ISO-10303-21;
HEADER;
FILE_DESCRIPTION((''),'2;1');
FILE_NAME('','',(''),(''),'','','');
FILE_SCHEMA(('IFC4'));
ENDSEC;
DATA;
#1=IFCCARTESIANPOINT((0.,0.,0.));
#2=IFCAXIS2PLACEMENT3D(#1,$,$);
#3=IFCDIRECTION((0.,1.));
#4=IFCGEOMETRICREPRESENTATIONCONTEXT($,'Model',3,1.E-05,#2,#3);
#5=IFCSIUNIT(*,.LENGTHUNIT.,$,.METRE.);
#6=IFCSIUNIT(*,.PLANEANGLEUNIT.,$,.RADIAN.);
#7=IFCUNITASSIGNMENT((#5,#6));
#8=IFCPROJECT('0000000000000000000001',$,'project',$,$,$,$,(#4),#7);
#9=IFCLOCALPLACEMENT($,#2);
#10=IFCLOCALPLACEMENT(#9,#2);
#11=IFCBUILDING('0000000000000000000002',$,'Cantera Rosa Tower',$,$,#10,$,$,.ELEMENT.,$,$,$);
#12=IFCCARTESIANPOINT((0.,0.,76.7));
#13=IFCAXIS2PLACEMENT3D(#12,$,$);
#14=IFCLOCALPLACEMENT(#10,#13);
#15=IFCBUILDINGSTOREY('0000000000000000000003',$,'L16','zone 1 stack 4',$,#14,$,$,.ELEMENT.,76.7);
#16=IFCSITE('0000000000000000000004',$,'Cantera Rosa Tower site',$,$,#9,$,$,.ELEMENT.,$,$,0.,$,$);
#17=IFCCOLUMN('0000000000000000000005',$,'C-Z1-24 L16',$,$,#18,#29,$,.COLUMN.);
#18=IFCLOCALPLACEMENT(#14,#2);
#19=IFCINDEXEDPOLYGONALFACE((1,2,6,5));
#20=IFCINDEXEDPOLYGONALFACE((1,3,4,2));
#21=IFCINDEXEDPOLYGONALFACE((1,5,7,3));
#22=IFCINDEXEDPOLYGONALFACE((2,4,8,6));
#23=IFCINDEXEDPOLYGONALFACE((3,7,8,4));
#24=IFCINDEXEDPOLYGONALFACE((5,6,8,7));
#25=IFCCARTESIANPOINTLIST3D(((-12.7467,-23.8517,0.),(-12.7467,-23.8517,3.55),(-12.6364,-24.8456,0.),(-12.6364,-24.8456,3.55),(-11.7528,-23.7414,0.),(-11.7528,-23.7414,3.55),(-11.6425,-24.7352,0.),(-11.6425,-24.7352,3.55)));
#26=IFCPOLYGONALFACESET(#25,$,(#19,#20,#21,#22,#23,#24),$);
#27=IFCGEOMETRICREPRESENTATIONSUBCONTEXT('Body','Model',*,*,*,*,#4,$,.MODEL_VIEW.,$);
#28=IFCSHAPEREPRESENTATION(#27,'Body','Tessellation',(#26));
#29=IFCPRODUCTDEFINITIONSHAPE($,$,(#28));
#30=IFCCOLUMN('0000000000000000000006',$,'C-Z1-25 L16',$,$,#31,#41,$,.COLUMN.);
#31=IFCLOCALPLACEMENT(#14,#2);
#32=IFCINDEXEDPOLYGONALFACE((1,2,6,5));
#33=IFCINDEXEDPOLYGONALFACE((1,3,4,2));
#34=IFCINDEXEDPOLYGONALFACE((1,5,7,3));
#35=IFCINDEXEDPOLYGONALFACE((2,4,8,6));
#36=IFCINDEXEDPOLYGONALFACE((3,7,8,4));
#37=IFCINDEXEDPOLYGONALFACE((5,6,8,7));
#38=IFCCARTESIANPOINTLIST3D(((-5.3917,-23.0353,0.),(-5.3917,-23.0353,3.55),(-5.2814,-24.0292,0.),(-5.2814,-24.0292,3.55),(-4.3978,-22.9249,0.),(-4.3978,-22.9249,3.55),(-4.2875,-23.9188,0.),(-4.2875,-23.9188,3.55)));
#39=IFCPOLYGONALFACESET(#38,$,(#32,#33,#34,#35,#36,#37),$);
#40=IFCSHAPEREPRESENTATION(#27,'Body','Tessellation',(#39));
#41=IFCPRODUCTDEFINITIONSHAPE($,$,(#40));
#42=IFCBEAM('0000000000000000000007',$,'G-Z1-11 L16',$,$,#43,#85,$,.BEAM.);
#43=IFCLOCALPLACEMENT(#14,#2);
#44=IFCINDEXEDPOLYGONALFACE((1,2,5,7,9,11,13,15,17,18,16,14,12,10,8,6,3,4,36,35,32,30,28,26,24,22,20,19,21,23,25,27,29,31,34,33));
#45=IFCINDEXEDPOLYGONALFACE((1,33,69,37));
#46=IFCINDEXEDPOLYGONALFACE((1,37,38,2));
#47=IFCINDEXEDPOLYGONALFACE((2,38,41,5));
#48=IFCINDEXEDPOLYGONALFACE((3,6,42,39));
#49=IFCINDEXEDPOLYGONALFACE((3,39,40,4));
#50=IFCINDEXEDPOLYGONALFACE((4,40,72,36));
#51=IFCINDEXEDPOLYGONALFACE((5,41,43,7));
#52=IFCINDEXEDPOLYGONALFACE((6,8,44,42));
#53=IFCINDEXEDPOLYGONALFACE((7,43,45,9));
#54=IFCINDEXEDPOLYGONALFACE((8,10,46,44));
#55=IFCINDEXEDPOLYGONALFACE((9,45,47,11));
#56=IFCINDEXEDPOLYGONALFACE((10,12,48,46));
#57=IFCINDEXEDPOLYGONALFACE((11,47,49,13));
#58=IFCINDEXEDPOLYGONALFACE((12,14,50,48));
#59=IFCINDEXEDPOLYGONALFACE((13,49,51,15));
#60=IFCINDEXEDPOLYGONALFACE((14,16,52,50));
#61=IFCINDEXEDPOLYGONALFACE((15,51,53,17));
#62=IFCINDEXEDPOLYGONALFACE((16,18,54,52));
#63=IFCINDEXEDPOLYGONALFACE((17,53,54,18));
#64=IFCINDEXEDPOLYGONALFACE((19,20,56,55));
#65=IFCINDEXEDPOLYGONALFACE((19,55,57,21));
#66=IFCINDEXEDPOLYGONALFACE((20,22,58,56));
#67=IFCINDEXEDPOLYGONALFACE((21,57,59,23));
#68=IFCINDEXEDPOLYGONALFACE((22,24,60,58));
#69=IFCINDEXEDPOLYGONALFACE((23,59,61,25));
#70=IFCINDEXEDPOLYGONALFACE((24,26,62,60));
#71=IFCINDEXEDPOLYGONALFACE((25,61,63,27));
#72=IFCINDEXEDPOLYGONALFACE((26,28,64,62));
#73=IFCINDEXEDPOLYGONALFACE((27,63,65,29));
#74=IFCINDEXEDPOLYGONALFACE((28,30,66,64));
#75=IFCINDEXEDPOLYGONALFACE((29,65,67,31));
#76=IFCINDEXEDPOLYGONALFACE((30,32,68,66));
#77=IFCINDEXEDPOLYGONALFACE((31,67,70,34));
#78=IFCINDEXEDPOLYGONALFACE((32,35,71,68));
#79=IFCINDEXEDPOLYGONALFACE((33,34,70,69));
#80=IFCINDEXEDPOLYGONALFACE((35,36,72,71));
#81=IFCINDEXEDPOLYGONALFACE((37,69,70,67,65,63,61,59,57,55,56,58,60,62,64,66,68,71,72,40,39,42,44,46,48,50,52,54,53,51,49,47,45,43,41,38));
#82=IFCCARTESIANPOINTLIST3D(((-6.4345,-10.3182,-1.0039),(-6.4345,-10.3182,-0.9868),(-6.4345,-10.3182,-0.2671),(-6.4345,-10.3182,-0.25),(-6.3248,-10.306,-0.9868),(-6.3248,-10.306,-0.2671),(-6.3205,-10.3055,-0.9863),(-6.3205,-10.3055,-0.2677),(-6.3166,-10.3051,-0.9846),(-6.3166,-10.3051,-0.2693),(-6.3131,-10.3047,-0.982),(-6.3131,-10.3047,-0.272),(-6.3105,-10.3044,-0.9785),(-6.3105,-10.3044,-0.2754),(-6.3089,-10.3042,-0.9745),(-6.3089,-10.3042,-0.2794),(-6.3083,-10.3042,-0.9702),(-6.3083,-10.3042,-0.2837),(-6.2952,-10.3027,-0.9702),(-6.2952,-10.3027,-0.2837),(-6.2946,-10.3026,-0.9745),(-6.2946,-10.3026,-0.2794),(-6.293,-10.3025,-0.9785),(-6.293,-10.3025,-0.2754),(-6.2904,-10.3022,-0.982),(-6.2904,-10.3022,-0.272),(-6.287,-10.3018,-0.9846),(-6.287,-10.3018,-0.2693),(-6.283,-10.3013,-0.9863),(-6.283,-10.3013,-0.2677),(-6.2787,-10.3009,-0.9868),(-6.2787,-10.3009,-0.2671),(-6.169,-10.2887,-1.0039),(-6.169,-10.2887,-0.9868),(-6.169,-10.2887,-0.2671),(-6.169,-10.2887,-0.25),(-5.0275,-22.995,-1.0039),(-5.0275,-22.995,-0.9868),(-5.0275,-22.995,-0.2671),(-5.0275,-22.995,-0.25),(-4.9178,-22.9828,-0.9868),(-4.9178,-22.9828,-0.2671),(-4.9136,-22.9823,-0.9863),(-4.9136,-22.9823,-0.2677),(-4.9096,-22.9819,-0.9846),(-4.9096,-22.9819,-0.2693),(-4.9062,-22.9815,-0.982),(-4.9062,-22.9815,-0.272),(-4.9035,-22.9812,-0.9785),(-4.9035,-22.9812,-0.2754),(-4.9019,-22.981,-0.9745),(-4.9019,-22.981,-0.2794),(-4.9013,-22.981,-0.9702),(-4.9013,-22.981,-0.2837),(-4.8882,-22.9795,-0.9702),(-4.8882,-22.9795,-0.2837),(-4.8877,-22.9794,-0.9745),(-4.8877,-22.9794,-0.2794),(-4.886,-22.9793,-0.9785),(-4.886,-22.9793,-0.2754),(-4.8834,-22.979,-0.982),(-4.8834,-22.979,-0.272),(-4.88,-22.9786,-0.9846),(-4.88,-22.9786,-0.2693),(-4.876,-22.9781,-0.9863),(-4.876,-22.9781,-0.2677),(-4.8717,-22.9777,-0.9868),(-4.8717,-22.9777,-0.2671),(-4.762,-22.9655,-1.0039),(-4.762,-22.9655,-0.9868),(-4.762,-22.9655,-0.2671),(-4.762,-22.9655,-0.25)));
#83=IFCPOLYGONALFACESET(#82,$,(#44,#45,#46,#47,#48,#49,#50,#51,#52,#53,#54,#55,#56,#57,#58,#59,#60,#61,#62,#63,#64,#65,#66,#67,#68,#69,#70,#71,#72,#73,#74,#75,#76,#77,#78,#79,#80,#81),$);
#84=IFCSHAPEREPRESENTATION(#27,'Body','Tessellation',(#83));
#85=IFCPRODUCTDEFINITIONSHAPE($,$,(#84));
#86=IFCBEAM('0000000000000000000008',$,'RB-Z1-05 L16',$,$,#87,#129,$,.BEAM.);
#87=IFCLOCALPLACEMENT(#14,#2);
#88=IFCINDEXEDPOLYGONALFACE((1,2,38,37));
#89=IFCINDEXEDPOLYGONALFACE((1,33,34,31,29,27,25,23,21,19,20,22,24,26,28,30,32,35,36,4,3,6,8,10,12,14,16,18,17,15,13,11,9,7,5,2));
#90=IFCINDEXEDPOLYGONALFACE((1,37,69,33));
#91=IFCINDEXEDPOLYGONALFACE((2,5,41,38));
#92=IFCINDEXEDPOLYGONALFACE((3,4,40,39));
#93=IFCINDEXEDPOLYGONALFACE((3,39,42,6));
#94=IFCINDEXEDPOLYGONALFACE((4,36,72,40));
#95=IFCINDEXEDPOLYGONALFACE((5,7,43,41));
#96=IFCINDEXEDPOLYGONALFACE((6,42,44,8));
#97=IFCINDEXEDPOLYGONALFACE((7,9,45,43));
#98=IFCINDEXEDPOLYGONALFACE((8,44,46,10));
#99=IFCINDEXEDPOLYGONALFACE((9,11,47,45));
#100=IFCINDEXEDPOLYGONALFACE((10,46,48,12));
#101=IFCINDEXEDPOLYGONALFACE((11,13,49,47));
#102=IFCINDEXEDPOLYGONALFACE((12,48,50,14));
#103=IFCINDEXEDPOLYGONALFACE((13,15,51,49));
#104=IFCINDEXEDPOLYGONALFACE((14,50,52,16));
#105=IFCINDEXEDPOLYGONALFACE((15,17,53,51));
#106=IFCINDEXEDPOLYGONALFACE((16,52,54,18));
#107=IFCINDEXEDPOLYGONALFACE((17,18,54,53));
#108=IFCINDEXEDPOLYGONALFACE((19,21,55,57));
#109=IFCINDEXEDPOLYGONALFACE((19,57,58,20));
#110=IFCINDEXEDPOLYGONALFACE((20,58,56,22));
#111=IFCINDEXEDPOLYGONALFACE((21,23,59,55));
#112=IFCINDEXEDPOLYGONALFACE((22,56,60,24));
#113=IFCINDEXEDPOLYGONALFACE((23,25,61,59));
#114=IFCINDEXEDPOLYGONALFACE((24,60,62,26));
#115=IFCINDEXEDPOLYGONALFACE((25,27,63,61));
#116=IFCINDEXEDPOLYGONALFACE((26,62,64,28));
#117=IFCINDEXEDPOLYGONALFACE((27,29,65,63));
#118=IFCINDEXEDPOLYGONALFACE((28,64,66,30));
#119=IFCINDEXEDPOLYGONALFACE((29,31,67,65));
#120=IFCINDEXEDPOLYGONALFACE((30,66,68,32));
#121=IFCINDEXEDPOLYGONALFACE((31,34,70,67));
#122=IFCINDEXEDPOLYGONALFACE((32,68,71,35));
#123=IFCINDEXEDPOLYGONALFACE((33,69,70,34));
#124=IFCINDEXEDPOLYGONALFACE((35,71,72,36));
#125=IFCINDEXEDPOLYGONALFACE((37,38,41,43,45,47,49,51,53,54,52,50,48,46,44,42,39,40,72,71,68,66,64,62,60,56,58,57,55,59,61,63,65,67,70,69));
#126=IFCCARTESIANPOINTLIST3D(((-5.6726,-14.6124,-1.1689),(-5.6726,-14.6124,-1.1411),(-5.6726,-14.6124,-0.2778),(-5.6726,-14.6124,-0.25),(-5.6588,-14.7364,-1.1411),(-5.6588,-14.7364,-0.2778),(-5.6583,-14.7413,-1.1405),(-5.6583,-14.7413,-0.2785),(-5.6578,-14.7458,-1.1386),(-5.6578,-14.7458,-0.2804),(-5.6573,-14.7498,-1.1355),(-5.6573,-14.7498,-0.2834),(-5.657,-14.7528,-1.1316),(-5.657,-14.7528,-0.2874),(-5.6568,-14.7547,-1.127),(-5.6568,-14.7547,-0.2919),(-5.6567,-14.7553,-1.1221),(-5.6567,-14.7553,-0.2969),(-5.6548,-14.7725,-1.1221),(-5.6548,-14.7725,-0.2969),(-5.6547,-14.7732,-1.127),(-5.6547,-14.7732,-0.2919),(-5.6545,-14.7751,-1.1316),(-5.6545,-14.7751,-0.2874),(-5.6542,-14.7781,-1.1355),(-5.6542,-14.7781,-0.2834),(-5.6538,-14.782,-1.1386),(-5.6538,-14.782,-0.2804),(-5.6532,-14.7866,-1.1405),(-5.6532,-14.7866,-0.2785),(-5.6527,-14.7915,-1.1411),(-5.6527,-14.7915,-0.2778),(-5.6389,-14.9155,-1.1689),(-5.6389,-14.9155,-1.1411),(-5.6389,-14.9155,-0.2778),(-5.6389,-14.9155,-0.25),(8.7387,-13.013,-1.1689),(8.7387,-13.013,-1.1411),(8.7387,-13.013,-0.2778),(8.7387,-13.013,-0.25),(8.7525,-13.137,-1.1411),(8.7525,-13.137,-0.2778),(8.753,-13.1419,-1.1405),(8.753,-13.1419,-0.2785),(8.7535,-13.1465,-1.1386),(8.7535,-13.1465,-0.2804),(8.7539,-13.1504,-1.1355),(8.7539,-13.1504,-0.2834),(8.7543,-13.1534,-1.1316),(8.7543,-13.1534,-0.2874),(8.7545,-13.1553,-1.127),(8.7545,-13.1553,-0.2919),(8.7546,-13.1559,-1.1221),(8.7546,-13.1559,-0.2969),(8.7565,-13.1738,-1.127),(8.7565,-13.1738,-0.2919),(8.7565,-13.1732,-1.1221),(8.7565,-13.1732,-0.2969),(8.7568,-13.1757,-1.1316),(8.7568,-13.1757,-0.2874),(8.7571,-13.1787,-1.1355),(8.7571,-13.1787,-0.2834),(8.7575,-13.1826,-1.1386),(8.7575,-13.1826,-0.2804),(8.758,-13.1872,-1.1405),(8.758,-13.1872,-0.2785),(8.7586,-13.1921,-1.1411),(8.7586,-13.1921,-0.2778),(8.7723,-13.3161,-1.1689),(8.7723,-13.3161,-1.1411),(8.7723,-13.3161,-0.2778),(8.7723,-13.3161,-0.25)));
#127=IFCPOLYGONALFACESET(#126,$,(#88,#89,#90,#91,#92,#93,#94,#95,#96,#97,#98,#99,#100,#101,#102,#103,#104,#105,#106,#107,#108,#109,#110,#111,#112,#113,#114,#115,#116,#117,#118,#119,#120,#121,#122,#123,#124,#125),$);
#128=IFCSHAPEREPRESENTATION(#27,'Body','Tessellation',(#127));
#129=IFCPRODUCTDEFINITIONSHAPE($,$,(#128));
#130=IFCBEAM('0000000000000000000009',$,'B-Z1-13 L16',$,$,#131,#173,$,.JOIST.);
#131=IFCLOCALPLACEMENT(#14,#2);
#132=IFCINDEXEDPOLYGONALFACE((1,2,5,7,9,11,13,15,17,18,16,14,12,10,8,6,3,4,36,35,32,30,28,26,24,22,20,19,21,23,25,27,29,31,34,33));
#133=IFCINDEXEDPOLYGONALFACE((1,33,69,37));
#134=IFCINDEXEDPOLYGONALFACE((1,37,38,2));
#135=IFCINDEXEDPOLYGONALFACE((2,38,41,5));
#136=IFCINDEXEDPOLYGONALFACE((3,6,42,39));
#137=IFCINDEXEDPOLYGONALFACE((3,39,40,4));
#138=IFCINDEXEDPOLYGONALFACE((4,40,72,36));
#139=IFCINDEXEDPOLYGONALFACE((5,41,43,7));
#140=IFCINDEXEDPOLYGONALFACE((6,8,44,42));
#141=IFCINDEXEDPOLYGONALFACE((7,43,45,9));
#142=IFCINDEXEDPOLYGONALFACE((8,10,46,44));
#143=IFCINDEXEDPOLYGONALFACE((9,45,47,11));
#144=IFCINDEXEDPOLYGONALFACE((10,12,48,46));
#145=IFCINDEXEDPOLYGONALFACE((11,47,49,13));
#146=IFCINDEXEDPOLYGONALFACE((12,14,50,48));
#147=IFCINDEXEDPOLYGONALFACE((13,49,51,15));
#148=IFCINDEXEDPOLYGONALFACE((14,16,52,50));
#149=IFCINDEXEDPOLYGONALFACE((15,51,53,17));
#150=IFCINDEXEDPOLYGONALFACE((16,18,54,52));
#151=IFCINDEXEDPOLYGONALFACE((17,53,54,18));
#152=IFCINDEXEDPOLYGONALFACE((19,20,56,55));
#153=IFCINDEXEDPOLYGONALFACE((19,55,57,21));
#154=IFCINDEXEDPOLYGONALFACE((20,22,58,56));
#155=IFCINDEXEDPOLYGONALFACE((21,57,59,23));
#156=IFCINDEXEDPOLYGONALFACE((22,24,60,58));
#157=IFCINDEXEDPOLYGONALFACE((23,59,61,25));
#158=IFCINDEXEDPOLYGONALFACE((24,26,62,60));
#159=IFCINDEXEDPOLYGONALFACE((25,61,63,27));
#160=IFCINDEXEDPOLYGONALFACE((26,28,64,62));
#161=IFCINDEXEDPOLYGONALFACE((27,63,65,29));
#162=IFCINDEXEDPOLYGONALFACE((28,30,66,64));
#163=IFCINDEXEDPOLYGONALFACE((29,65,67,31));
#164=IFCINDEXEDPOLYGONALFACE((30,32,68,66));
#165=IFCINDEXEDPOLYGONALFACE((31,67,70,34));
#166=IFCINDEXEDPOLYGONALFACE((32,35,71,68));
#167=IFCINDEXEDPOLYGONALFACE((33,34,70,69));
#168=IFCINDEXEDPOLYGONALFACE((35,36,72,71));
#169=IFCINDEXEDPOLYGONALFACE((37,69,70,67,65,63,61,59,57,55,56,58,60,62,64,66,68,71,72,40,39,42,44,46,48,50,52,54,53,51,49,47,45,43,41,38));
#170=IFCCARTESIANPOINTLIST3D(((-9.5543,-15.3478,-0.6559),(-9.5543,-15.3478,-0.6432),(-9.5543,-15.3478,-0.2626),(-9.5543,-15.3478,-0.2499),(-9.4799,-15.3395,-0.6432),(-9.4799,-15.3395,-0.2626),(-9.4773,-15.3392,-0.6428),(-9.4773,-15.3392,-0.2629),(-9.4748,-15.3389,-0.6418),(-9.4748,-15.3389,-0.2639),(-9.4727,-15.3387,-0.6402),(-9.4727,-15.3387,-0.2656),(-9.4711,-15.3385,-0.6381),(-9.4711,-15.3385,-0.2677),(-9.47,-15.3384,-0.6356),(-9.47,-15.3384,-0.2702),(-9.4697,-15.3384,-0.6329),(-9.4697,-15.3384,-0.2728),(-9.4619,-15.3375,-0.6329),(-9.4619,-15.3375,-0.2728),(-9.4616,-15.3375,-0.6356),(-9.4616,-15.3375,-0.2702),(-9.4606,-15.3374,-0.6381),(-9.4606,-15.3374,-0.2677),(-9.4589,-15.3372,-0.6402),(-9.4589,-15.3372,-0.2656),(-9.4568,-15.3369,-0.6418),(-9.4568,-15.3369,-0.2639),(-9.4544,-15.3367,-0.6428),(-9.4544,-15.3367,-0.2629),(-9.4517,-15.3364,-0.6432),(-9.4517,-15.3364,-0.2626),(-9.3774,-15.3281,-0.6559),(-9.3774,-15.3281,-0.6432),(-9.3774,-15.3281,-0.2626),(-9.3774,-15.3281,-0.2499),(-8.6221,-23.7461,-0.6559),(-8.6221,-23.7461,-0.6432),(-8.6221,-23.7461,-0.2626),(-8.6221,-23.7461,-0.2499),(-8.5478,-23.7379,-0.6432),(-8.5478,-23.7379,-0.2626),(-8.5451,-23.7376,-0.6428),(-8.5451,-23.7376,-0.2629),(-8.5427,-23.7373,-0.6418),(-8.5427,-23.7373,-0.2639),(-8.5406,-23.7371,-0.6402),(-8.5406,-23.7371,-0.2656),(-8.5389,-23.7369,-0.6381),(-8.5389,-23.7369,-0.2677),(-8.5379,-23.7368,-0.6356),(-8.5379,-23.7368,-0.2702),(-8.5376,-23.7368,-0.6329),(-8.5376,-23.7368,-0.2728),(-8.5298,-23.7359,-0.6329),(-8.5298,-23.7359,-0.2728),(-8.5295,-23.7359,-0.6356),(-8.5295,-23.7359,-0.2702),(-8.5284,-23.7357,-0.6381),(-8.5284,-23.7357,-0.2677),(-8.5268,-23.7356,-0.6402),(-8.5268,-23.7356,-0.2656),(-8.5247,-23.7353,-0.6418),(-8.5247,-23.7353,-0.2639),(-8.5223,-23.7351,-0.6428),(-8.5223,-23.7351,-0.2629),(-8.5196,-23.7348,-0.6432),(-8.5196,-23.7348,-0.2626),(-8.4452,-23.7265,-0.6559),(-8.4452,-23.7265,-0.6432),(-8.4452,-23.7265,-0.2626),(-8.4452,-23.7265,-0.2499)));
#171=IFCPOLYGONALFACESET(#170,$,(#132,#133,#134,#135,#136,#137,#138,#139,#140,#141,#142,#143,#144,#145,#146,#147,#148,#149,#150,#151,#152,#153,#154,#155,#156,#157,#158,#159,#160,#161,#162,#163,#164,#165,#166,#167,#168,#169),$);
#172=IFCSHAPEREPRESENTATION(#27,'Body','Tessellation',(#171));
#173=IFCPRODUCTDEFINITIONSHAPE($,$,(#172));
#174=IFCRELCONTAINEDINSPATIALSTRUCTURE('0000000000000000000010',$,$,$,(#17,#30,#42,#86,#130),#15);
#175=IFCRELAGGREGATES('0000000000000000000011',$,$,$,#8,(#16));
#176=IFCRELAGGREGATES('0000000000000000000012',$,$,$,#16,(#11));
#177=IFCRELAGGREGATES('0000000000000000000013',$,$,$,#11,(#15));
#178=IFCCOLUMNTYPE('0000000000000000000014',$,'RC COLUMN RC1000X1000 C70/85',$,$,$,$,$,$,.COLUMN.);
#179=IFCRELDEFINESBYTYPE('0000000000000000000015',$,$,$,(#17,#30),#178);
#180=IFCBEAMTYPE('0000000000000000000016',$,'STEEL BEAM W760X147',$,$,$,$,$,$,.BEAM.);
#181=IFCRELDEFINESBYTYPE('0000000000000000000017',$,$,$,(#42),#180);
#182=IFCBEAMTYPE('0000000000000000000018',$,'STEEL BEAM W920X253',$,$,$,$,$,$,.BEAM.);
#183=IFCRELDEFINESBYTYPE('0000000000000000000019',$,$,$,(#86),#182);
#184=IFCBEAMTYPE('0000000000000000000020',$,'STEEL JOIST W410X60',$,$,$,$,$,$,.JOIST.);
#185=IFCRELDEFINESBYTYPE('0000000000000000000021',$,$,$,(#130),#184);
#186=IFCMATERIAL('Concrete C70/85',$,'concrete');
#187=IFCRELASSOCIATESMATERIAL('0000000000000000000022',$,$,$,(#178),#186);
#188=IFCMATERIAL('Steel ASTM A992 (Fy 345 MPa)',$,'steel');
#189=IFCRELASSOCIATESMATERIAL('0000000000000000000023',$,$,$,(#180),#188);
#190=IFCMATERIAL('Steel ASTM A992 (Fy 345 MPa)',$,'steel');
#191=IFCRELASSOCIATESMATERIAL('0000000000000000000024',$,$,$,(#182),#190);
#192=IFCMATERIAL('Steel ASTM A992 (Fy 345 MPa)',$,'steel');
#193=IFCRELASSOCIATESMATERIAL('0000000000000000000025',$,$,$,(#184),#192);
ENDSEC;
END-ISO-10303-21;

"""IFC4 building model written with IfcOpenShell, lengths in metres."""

from ifc_helpers import new_model, si_unit, direction, frame, origin, origin_2d, place, context, subcontext, project, spatial, rectangle, i_section, extrude, material, material_profile, profile_set, type_object, element, save


model = new_model("IFC4")

# Units and contexts
model_context = context("Model", 3, precision=1e-05, world=origin(), true_north=direction((0.0, 1.0)))
body_context = subcontext(model_context, "Body", "Model", "MODEL_VIEW")
ifc_project = project(units=[si_unit("LENGTHUNIT", "METRE"), si_unit("PLANEANGLEUNIT", "RADIAN")], contexts=[model_context])

# Site, building, storey
site_placement = place(None, origin())
site = spatial("IfcSite", under=ifc_project, at=site_placement, Name="Cantera Rosa Tower site", CompositionType="ELEMENT", RefElevation=0.0)
building_placement = place(site_placement, origin())
building = spatial("IfcBuilding", under=site, at=building_placement, Name="Cantera Rosa Tower", CompositionType="ELEMENT")
storey_placement = place(building_placement, frame((0.0, 0.0, 76.7)))
storey = spatial("IfcBuildingStorey", under=building, at=storey_placement, Name="L16", Description="zone 1 stack 4", CompositionType="ELEMENT", Elevation=76.7)

# Columns
ifc_material_1 = material(Name="Concrete C70/85", Category="concrete")
ifc_material_profile_1 = material_profile(ifc_material_1, rectangle(XDim=1.0, YDim=1.0, at=origin_2d()), Name="RC COLUMN RC1000X1000 C70/85")
ifc_profile_set_1 = profile_set([ifc_material_profile_1], Name="Concrete C70/85")
column_type = type_object("IfcColumnType", Name="RC COLUMN RC1000X1000 C70/85", PredefinedType="COLUMN", material=ifc_profile_set_1)
for number, where, z_axis, x_axis, name in (
    (1, (-12.1946, -24.2935, 0.0), (0.0, 0.0, 1.0), (0.993897, 0.110313, 0.0), "C-Z1-24 L16"),
    (2, (-4.8396, -23.4771, 0.0), (0.0, 0.0, 1.0), (0.993897, 0.110313, 0.0), "C-Z1-25 L16"),
):
    element("IfcColumn", number, at=place(storey_placement, frame(where, z_axis=z_axis, x_axis=x_axis)), inside=storey, type_object=column_type, Name=name, PredefinedType="COLUMN", context=body_context, shape_type="SweptSolid", body=[
        extrude(rectangle(XDim=1.0, YDim=1.0, at=origin_2d()), origin(), (0.0, 0.0, 1.0), 3.55),
    ])

# Beams
ifc_material_2 = material(Name="Steel ASTM A992 (Fy 345 MPa)", Category="steel")
ifc_material_profile_2 = material_profile(ifc_material_2, i_section(OverallWidth=0.2671, OverallDepth=0.7539, WebThickness=0.0132, FlangeThickness=0.0171, FilletRadius=0.0166, at=origin_2d()), Name="W760X147")
ifc_profile_set_2 = profile_set([ifc_material_profile_2], Name="Steel ASTM A992 (Fy 345 MPa)")
beam_type_1 = type_object("IfcBeamType", Name="STEEL BEAM W760X147", PredefinedType="BEAM", material=ifc_profile_set_2)
beam_1_placement = place(storey_placement, frame((-4.8948, -22.9802, -0.627), z_axis=(-0.110312, 0.993897, 0.0), x_axis=(-0.993897, -0.110312, 0.0)))
element("IfcBeam", 3, at=beam_1_placement, inside=storey, type_object=beam_type_1, Name="G-Z1-11 L16", PredefinedType="BEAM", context=body_context, shape_type="SweptSolid", body=[
    extrude(i_section(OverallWidth=0.2671, OverallDepth=0.7539, WebThickness=0.0132, FlangeThickness=0.0171, FilletRadius=0.0166, at=origin_2d()), origin(), (0.0, 0.0, 1.0), 12.7546),
])
ifc_material_3 = material(Name="Steel ASTM A992 (Fy 345 MPa)", Category="steel")
ifc_material_profile_3 = material_profile(ifc_material_3, i_section(OverallWidth=0.3049, OverallDepth=0.9189, WebThickness=0.0173, FlangeThickness=0.0278, FilletRadius=0.019, at=origin_2d()), Name="W920X253")
ifc_profile_set_3 = profile_set([ifc_material_profile_3], Name="Steel ASTM A992 (Fy 345 MPa)")
beam_type_2 = type_object("IfcBeamType", Name="STEEL BEAM W920X253", PredefinedType="BEAM", material=ifc_profile_set_3)
beam_2_placement = place(storey_placement, frame((-5.6558, -14.7639, -0.7095), z_axis=(0.993898, 0.110302, 0.0), x_axis=(-0.110302, 0.993898, 0.0)))
element("IfcBeam", 4, at=beam_2_placement, inside=storey, type_object=beam_type_2, Name="RB-Z1-05 L16", PredefinedType="BEAM", context=body_context, shape_type="SweptSolid", body=[
    extrude(i_section(OverallWidth=0.3049, OverallDepth=0.9189, WebThickness=0.0173, FlangeThickness=0.0278, FilletRadius=0.019, at=origin_2d()), origin(), (0.0, 0.0, 1.0), 14.4998),
])
ifc_material_4 = material(Name="Steel ASTM A992 (Fy 345 MPa)", Category="steel")
ifc_material_profile_4 = material_profile(ifc_material_4, i_section(OverallWidth=0.178, OverallDepth=0.406, WebThickness=0.0078, FlangeThickness=0.0127, FilletRadius=0.0103, at=origin_2d()), Name="W410X60")
ifc_profile_set_4 = profile_set([ifc_material_profile_4], Name="Steel ASTM A992 (Fy 345 MPa)")
beam_type_3 = type_object("IfcBeamType", Name="STEEL JOIST W410X60", PredefinedType="JOIST", material=ifc_profile_set_4)
for number, where, z_axis, x_axis, name in (
    (5, (-8.5337, -23.7363, -0.4529), (-0.110311, 0.993897, 0.0), (-0.993897, -0.110311, 0.0), "B-Z1-13 L16"),
):
    element("IfcBeam", number, at=place(storey_placement, frame(where, z_axis=z_axis, x_axis=x_axis)), inside=storey, type_object=beam_type_3, Name=name, PredefinedType="JOIST", context=body_context, shape_type="SweptSolid", body=[
        extrude(i_section(OverallWidth=0.178, OverallDepth=0.406, WebThickness=0.0078, FlangeThickness=0.0127, FilletRadius=0.0103, at=origin_2d()), origin(), (0.0, 0.0, 1.0), 8.45),
    ])

save(model, "model.ifc")
